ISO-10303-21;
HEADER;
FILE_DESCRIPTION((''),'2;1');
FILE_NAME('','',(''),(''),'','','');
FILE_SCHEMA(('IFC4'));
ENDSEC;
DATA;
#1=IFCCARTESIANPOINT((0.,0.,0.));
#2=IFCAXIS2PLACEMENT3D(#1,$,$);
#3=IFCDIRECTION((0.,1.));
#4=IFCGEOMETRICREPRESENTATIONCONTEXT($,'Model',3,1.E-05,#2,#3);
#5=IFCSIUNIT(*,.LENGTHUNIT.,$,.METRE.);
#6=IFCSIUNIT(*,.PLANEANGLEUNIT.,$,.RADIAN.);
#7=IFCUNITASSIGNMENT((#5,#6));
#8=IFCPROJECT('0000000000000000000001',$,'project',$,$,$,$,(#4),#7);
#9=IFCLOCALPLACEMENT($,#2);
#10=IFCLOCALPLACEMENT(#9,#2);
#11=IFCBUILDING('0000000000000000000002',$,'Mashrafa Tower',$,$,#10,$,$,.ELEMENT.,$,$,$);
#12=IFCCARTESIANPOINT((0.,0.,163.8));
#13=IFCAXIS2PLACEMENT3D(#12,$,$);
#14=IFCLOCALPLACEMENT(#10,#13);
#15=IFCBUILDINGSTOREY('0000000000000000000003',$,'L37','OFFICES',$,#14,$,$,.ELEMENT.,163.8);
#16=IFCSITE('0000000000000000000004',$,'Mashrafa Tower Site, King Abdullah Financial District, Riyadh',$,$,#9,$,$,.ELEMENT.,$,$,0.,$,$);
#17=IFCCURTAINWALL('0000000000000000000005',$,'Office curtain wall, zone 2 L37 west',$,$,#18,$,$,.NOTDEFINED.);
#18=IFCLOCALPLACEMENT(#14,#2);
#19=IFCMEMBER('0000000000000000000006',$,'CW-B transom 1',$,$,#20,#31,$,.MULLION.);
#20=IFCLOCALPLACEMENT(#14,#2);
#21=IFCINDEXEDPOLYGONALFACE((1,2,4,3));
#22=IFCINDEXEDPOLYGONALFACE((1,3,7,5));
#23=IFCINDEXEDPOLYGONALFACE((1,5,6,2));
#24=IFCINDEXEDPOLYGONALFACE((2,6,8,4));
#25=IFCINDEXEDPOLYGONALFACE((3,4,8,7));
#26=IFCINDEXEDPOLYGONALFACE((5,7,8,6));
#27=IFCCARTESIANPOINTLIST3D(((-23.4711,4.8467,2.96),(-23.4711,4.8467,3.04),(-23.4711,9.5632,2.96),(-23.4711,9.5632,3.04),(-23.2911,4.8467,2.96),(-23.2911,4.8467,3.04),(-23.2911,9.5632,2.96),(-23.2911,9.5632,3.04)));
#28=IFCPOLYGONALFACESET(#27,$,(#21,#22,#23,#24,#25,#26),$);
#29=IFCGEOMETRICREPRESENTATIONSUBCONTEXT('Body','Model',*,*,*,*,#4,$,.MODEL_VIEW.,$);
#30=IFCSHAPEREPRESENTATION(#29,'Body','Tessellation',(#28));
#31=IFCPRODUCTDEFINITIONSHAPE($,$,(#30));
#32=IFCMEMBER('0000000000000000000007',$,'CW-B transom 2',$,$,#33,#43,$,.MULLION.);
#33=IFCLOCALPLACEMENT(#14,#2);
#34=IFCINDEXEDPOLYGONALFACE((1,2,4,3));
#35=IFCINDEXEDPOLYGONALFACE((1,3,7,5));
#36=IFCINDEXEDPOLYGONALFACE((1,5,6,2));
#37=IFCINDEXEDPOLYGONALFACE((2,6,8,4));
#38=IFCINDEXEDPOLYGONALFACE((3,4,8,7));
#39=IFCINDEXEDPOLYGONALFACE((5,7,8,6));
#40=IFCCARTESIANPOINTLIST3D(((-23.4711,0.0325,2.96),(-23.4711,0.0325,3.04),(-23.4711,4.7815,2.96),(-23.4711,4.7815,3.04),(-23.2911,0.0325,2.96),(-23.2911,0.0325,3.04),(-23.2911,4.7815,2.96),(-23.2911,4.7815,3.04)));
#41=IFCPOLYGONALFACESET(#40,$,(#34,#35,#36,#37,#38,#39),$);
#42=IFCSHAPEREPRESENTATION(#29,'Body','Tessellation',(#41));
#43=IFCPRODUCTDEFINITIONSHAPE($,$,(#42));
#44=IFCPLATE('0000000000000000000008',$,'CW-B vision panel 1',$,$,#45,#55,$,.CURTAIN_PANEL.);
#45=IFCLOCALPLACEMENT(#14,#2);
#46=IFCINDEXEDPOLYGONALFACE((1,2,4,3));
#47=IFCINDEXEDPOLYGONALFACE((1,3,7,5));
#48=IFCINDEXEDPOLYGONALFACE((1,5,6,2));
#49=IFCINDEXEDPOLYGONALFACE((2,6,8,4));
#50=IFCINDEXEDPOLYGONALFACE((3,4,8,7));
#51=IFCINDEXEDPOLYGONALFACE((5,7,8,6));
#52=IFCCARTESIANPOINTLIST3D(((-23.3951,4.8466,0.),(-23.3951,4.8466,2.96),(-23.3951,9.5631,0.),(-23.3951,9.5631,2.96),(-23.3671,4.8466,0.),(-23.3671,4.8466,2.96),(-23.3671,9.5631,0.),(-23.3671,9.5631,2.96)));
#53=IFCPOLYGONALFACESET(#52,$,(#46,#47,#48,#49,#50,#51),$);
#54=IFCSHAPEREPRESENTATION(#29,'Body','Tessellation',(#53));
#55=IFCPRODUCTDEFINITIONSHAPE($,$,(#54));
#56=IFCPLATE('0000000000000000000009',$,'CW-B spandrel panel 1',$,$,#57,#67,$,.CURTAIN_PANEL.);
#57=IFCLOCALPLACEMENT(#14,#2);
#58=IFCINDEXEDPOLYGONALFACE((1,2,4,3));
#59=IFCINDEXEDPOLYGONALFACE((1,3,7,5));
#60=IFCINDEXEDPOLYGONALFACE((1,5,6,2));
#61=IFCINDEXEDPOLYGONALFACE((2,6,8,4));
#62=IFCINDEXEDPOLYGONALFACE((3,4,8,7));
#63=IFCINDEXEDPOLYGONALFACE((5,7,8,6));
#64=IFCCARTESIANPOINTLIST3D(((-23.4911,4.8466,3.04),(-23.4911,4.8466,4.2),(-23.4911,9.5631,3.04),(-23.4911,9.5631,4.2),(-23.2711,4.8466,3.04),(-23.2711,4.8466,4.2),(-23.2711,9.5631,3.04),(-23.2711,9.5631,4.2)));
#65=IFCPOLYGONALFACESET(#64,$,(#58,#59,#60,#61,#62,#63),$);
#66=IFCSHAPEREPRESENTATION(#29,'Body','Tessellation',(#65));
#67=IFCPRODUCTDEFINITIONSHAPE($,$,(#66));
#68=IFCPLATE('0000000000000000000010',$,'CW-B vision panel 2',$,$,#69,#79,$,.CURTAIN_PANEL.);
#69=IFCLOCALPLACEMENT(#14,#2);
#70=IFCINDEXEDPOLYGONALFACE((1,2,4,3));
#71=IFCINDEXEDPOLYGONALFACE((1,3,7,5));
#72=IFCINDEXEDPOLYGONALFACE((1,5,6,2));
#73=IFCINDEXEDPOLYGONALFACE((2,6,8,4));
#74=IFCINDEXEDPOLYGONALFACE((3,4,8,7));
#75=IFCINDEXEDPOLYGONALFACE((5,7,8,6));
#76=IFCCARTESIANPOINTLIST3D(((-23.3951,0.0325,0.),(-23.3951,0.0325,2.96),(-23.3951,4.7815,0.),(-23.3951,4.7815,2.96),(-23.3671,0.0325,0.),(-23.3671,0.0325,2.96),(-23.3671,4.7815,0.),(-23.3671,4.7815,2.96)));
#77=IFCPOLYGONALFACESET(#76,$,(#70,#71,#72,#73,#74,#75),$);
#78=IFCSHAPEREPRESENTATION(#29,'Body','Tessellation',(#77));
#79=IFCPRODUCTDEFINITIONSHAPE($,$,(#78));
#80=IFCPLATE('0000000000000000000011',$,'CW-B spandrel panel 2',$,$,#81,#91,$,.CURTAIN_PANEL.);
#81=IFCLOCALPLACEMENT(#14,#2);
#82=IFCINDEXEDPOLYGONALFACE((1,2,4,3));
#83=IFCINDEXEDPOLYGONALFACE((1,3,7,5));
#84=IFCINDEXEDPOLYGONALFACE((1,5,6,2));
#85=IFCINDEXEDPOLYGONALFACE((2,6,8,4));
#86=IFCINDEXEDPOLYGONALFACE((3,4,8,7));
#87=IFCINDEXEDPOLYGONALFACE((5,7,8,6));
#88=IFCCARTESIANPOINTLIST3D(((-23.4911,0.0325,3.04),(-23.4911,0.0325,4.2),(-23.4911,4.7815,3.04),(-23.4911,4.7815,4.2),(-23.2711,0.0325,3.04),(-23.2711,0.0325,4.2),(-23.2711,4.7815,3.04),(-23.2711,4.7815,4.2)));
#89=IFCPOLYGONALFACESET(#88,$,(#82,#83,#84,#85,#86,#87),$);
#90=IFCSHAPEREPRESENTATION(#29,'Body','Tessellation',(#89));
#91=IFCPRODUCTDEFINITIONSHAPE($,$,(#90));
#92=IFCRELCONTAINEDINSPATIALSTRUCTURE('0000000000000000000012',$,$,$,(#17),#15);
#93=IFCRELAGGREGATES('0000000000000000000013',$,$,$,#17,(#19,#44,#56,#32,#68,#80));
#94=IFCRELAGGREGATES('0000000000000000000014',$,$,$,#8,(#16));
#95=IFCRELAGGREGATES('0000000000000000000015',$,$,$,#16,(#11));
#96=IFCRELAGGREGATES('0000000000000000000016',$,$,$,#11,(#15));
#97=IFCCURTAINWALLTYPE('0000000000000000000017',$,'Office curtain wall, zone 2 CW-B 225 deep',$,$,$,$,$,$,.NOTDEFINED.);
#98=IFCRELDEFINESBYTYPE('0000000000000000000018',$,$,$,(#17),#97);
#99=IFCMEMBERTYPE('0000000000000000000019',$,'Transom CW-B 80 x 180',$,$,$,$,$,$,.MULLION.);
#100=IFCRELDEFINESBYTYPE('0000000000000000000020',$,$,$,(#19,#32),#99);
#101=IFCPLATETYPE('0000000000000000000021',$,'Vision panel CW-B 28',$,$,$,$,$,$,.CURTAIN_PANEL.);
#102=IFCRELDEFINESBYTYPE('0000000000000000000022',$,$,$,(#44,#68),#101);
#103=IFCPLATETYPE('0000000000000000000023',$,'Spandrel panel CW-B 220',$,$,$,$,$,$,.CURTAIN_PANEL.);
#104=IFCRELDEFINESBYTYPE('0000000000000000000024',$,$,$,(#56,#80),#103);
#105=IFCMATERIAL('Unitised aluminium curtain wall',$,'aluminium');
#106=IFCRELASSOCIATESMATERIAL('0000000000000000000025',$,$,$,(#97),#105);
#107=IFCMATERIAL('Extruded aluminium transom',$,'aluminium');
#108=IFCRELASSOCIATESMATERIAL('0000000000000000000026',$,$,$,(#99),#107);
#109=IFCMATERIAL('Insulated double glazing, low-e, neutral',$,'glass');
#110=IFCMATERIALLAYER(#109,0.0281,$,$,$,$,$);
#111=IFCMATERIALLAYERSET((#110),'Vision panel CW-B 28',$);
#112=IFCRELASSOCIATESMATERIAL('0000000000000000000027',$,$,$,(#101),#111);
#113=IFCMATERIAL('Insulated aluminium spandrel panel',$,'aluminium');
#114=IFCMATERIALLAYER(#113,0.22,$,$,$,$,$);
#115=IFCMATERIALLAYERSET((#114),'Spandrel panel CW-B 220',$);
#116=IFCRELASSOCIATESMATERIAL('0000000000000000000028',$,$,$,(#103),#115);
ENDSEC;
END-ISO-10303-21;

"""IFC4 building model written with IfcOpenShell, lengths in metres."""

from ifc_helpers import new_model, si_unit, direction, frame, origin, origin_2d, place, context, subcontext, project, spatial, rectangle, extrude, source, transform, mapped, material, layer, layer_set, material_profile, profile_set, type_object, type_shapes, element, aggregate, save


model = new_model("IFC4")

# Units and contexts
model_context = context("Model", 3, precision=1e-05, world=origin(), true_north=direction((0.0, 1.0)))
body_context = subcontext(model_context, "Body", "Model", "MODEL_VIEW")
ifc_project = project(units=[si_unit("LENGTHUNIT", "METRE"), si_unit("PLANEANGLEUNIT", "RADIAN")], contexts=[model_context])

# Site, building, storey
site_placement = place(None, origin())
site = spatial("IfcSite", under=ifc_project, at=site_placement, Name="Mashrafa Tower Site, King Abdullah Financial District, Riyadh", CompositionType="ELEMENT", RefElevation=0.0)
building_placement = place(site_placement, origin())
building = spatial("IfcBuilding", under=site, at=building_placement, Name="Mashrafa Tower", CompositionType="ELEMENT")
storey_placement = place(building_placement, frame((0.0, 0.0, 163.8)))
storey = spatial("IfcBuildingStorey", under=building, at=storey_placement, Name="L37", Description="OFFICES", CompositionType="ELEMENT", Elevation=163.8)

# Shared definitions
ifc_material_1 = material(Name="Unitised aluminium curtain wall", Category="aluminium")
curtain_wall_type = type_object("IfcCurtainWallType", Name="Office curtain wall, zone 2 CW-B 225 deep", PredefinedType="NOTDEFINED", material=ifc_material_1)

# Curtain wall, members, plates
curtain_wall_1_placement = place(storey_placement, origin())
curtain_wall_1 = element("IfcCurtainWall", 1, at=curtain_wall_1_placement, inside=storey, type_object=curtain_wall_type, Name="Office curtain wall, zone 2 L37 west", PredefinedType="NOTDEFINED")
ifc_material_2 = material(Name="Extruded aluminium transom", Category="aluminium")
ifc_material_profile_1 = material_profile(ifc_material_2, rectangle(XDim=0.1799, YDim=0.0801, at=origin_2d()), Name="Transom 80x180")
ifc_profile_set_1 = profile_set([ifc_material_profile_1], Name="Extruded aluminium transom")
member_type_1 = type_object("IfcMemberType", Name="Transom CW-B 80 x 180", PredefinedType="MULLION", material=ifc_profile_set_1)
shared_shape_1 = source(origin(), body_context, "Body", "SweptSolid", [
    extrude(rectangle(XDim=0.1799, YDim=0.0801, at=origin_2d()), origin(), (0.0, 0.0, 1.0), 4.7166),
])
member_1_placement = place(storey_placement, frame((-23.3811, 9.5632, 3.0), z_axis=(0.0, -1.0, 0.0), x_axis=(1.0, 0.0, 0.0)))
member_1 = element("IfcMember", 2, at=member_1_placement, type_object=member_type_1, Name="CW-B transom 1", PredefinedType="MULLION", context=body_context, shape_type="MappedRepresentation", body=[
    mapped(shared_shape_1, transform((0.0, 0.0, 0.0))),
])
shared_shape_2 = source(origin(), body_context, "Body", "SweptSolid", [
    extrude(rectangle(XDim=0.1799, YDim=0.0801, at=origin_2d()), origin(), (0.0, 0.0, 1.0), 4.749),
])
type_shapes(member_type_1, [shared_shape_1, shared_shape_2])
member_2_placement = place(storey_placement, frame((-23.3811, 4.7815, 3.0), z_axis=(0.0, -1.0, 0.0), x_axis=(1.0, 0.0, 0.0)))
member_2 = element("IfcMember", 3, at=member_2_placement, type_object=member_type_1, Name="CW-B transom 2", PredefinedType="MULLION", context=body_context, shape_type="MappedRepresentation", body=[
    mapped(shared_shape_2, transform((0.0, 0.0, 0.0))),
])
ifc_material_3 = material(Name="Insulated double glazing, low-e, neutral", Category="glass")
ifc_layer_1 = layer(ifc_material_3, 0.0281)
ifc_layer_set_1 = layer_set([ifc_layer_1], Name="Vision panel CW-B 28")
plate_type_1 = type_object("IfcPlateType", Name="Vision panel CW-B 28", PredefinedType="CURTAIN_PANEL", material=ifc_layer_set_1)
shared_shape_3 = source(origin(), body_context, "Body", "SweptSolid", [
    extrude(rectangle(XDim=4.7166, YDim=0.0281, at=origin_2d()), origin(), (0.0, 0.0, 1.0), 2.96),
])
plate_1_placement = place(storey_placement, frame((-23.3811, 7.2048, 0.0), z_axis=(0.0, 0.0, 1.0), x_axis=(0.0, -1.0, 0.0)))
plate_1 = element("IfcPlate", 4, at=plate_1_placement, type_object=plate_type_1, Name="CW-B vision panel 1", PredefinedType="CURTAIN_PANEL", context=body_context, shape_type="MappedRepresentation", body=[
    mapped(shared_shape_3, transform((0.0, 0.0, 0.0))),
])
ifc_material_4 = material(Name="Insulated aluminium spandrel panel", Category="aluminium")
ifc_layer_2 = layer(ifc_material_4, 0.22)
ifc_layer_set_2 = layer_set([ifc_layer_2], Name="Spandrel panel CW-B 220")
plate_type_2 = type_object("IfcPlateType", Name="Spandrel panel CW-B 220", PredefinedType="CURTAIN_PANEL", material=ifc_layer_set_2)
shared_shape_4 = source(origin(), body_context, "Body", "SweptSolid", [
    extrude(rectangle(XDim=4.7166, YDim=0.22, at=origin_2d()), origin(), (0.0, 0.0, 1.0), 1.1599),
])
plate_2_placement = place(storey_placement, frame((-23.3811, 7.2048, 3.04), z_axis=(0.0, 0.0, 1.0), x_axis=(0.0, -1.0, 0.0)))
plate_2 = element("IfcPlate", 5, at=plate_2_placement, type_object=plate_type_2, Name="CW-B spandrel panel 1", PredefinedType="CURTAIN_PANEL", context=body_context, shape_type="MappedRepresentation", body=[
    mapped(shared_shape_4, transform((0.0, 0.0, 0.0))),
])
shared_shape_5 = source(origin(), body_context, "Body", "SweptSolid", [
    extrude(rectangle(XDim=4.749, YDim=0.0281, at=origin_2d()), origin(), (0.0, 0.0, 1.0), 2.96),
])
type_shapes(plate_type_1, [shared_shape_3, shared_shape_5])
plate_3_placement = place(storey_placement, frame((-23.3811, 2.407, 0.0), z_axis=(0.0, 0.0, 1.0), x_axis=(0.0, -1.0, 0.0)))
plate_3 = element("IfcPlate", 6, at=plate_3_placement, type_object=plate_type_1, Name="CW-B vision panel 2", PredefinedType="CURTAIN_PANEL", context=body_context, shape_type="MappedRepresentation", body=[
    mapped(shared_shape_5, transform((0.0, 0.0, 0.0))),
])
shared_shape_6 = source(origin(), body_context, "Body", "SweptSolid", [
    extrude(rectangle(XDim=4.749, YDim=0.22, at=origin_2d()), origin(), (0.0, 0.0, 1.0), 1.1599),
])
type_shapes(plate_type_2, [shared_shape_4, shared_shape_6])
plate_4_placement = place(storey_placement, frame((-23.3811, 2.407, 3.04), z_axis=(0.0, 0.0, 1.0), x_axis=(0.0, -1.0, 0.0)))
plate_4 = element("IfcPlate", 7, at=plate_4_placement, type_object=plate_type_2, Name="CW-B spandrel panel 2", PredefinedType="CURTAIN_PANEL", context=body_context, shape_type="MappedRepresentation", body=[
    mapped(shared_shape_6, transform((0.0, 0.0, 0.0))),
])
aggregate(curtain_wall_1, [member_1, plate_1, plate_2, member_2, plate_3, plate_4])

save(model, "model.ifc")
